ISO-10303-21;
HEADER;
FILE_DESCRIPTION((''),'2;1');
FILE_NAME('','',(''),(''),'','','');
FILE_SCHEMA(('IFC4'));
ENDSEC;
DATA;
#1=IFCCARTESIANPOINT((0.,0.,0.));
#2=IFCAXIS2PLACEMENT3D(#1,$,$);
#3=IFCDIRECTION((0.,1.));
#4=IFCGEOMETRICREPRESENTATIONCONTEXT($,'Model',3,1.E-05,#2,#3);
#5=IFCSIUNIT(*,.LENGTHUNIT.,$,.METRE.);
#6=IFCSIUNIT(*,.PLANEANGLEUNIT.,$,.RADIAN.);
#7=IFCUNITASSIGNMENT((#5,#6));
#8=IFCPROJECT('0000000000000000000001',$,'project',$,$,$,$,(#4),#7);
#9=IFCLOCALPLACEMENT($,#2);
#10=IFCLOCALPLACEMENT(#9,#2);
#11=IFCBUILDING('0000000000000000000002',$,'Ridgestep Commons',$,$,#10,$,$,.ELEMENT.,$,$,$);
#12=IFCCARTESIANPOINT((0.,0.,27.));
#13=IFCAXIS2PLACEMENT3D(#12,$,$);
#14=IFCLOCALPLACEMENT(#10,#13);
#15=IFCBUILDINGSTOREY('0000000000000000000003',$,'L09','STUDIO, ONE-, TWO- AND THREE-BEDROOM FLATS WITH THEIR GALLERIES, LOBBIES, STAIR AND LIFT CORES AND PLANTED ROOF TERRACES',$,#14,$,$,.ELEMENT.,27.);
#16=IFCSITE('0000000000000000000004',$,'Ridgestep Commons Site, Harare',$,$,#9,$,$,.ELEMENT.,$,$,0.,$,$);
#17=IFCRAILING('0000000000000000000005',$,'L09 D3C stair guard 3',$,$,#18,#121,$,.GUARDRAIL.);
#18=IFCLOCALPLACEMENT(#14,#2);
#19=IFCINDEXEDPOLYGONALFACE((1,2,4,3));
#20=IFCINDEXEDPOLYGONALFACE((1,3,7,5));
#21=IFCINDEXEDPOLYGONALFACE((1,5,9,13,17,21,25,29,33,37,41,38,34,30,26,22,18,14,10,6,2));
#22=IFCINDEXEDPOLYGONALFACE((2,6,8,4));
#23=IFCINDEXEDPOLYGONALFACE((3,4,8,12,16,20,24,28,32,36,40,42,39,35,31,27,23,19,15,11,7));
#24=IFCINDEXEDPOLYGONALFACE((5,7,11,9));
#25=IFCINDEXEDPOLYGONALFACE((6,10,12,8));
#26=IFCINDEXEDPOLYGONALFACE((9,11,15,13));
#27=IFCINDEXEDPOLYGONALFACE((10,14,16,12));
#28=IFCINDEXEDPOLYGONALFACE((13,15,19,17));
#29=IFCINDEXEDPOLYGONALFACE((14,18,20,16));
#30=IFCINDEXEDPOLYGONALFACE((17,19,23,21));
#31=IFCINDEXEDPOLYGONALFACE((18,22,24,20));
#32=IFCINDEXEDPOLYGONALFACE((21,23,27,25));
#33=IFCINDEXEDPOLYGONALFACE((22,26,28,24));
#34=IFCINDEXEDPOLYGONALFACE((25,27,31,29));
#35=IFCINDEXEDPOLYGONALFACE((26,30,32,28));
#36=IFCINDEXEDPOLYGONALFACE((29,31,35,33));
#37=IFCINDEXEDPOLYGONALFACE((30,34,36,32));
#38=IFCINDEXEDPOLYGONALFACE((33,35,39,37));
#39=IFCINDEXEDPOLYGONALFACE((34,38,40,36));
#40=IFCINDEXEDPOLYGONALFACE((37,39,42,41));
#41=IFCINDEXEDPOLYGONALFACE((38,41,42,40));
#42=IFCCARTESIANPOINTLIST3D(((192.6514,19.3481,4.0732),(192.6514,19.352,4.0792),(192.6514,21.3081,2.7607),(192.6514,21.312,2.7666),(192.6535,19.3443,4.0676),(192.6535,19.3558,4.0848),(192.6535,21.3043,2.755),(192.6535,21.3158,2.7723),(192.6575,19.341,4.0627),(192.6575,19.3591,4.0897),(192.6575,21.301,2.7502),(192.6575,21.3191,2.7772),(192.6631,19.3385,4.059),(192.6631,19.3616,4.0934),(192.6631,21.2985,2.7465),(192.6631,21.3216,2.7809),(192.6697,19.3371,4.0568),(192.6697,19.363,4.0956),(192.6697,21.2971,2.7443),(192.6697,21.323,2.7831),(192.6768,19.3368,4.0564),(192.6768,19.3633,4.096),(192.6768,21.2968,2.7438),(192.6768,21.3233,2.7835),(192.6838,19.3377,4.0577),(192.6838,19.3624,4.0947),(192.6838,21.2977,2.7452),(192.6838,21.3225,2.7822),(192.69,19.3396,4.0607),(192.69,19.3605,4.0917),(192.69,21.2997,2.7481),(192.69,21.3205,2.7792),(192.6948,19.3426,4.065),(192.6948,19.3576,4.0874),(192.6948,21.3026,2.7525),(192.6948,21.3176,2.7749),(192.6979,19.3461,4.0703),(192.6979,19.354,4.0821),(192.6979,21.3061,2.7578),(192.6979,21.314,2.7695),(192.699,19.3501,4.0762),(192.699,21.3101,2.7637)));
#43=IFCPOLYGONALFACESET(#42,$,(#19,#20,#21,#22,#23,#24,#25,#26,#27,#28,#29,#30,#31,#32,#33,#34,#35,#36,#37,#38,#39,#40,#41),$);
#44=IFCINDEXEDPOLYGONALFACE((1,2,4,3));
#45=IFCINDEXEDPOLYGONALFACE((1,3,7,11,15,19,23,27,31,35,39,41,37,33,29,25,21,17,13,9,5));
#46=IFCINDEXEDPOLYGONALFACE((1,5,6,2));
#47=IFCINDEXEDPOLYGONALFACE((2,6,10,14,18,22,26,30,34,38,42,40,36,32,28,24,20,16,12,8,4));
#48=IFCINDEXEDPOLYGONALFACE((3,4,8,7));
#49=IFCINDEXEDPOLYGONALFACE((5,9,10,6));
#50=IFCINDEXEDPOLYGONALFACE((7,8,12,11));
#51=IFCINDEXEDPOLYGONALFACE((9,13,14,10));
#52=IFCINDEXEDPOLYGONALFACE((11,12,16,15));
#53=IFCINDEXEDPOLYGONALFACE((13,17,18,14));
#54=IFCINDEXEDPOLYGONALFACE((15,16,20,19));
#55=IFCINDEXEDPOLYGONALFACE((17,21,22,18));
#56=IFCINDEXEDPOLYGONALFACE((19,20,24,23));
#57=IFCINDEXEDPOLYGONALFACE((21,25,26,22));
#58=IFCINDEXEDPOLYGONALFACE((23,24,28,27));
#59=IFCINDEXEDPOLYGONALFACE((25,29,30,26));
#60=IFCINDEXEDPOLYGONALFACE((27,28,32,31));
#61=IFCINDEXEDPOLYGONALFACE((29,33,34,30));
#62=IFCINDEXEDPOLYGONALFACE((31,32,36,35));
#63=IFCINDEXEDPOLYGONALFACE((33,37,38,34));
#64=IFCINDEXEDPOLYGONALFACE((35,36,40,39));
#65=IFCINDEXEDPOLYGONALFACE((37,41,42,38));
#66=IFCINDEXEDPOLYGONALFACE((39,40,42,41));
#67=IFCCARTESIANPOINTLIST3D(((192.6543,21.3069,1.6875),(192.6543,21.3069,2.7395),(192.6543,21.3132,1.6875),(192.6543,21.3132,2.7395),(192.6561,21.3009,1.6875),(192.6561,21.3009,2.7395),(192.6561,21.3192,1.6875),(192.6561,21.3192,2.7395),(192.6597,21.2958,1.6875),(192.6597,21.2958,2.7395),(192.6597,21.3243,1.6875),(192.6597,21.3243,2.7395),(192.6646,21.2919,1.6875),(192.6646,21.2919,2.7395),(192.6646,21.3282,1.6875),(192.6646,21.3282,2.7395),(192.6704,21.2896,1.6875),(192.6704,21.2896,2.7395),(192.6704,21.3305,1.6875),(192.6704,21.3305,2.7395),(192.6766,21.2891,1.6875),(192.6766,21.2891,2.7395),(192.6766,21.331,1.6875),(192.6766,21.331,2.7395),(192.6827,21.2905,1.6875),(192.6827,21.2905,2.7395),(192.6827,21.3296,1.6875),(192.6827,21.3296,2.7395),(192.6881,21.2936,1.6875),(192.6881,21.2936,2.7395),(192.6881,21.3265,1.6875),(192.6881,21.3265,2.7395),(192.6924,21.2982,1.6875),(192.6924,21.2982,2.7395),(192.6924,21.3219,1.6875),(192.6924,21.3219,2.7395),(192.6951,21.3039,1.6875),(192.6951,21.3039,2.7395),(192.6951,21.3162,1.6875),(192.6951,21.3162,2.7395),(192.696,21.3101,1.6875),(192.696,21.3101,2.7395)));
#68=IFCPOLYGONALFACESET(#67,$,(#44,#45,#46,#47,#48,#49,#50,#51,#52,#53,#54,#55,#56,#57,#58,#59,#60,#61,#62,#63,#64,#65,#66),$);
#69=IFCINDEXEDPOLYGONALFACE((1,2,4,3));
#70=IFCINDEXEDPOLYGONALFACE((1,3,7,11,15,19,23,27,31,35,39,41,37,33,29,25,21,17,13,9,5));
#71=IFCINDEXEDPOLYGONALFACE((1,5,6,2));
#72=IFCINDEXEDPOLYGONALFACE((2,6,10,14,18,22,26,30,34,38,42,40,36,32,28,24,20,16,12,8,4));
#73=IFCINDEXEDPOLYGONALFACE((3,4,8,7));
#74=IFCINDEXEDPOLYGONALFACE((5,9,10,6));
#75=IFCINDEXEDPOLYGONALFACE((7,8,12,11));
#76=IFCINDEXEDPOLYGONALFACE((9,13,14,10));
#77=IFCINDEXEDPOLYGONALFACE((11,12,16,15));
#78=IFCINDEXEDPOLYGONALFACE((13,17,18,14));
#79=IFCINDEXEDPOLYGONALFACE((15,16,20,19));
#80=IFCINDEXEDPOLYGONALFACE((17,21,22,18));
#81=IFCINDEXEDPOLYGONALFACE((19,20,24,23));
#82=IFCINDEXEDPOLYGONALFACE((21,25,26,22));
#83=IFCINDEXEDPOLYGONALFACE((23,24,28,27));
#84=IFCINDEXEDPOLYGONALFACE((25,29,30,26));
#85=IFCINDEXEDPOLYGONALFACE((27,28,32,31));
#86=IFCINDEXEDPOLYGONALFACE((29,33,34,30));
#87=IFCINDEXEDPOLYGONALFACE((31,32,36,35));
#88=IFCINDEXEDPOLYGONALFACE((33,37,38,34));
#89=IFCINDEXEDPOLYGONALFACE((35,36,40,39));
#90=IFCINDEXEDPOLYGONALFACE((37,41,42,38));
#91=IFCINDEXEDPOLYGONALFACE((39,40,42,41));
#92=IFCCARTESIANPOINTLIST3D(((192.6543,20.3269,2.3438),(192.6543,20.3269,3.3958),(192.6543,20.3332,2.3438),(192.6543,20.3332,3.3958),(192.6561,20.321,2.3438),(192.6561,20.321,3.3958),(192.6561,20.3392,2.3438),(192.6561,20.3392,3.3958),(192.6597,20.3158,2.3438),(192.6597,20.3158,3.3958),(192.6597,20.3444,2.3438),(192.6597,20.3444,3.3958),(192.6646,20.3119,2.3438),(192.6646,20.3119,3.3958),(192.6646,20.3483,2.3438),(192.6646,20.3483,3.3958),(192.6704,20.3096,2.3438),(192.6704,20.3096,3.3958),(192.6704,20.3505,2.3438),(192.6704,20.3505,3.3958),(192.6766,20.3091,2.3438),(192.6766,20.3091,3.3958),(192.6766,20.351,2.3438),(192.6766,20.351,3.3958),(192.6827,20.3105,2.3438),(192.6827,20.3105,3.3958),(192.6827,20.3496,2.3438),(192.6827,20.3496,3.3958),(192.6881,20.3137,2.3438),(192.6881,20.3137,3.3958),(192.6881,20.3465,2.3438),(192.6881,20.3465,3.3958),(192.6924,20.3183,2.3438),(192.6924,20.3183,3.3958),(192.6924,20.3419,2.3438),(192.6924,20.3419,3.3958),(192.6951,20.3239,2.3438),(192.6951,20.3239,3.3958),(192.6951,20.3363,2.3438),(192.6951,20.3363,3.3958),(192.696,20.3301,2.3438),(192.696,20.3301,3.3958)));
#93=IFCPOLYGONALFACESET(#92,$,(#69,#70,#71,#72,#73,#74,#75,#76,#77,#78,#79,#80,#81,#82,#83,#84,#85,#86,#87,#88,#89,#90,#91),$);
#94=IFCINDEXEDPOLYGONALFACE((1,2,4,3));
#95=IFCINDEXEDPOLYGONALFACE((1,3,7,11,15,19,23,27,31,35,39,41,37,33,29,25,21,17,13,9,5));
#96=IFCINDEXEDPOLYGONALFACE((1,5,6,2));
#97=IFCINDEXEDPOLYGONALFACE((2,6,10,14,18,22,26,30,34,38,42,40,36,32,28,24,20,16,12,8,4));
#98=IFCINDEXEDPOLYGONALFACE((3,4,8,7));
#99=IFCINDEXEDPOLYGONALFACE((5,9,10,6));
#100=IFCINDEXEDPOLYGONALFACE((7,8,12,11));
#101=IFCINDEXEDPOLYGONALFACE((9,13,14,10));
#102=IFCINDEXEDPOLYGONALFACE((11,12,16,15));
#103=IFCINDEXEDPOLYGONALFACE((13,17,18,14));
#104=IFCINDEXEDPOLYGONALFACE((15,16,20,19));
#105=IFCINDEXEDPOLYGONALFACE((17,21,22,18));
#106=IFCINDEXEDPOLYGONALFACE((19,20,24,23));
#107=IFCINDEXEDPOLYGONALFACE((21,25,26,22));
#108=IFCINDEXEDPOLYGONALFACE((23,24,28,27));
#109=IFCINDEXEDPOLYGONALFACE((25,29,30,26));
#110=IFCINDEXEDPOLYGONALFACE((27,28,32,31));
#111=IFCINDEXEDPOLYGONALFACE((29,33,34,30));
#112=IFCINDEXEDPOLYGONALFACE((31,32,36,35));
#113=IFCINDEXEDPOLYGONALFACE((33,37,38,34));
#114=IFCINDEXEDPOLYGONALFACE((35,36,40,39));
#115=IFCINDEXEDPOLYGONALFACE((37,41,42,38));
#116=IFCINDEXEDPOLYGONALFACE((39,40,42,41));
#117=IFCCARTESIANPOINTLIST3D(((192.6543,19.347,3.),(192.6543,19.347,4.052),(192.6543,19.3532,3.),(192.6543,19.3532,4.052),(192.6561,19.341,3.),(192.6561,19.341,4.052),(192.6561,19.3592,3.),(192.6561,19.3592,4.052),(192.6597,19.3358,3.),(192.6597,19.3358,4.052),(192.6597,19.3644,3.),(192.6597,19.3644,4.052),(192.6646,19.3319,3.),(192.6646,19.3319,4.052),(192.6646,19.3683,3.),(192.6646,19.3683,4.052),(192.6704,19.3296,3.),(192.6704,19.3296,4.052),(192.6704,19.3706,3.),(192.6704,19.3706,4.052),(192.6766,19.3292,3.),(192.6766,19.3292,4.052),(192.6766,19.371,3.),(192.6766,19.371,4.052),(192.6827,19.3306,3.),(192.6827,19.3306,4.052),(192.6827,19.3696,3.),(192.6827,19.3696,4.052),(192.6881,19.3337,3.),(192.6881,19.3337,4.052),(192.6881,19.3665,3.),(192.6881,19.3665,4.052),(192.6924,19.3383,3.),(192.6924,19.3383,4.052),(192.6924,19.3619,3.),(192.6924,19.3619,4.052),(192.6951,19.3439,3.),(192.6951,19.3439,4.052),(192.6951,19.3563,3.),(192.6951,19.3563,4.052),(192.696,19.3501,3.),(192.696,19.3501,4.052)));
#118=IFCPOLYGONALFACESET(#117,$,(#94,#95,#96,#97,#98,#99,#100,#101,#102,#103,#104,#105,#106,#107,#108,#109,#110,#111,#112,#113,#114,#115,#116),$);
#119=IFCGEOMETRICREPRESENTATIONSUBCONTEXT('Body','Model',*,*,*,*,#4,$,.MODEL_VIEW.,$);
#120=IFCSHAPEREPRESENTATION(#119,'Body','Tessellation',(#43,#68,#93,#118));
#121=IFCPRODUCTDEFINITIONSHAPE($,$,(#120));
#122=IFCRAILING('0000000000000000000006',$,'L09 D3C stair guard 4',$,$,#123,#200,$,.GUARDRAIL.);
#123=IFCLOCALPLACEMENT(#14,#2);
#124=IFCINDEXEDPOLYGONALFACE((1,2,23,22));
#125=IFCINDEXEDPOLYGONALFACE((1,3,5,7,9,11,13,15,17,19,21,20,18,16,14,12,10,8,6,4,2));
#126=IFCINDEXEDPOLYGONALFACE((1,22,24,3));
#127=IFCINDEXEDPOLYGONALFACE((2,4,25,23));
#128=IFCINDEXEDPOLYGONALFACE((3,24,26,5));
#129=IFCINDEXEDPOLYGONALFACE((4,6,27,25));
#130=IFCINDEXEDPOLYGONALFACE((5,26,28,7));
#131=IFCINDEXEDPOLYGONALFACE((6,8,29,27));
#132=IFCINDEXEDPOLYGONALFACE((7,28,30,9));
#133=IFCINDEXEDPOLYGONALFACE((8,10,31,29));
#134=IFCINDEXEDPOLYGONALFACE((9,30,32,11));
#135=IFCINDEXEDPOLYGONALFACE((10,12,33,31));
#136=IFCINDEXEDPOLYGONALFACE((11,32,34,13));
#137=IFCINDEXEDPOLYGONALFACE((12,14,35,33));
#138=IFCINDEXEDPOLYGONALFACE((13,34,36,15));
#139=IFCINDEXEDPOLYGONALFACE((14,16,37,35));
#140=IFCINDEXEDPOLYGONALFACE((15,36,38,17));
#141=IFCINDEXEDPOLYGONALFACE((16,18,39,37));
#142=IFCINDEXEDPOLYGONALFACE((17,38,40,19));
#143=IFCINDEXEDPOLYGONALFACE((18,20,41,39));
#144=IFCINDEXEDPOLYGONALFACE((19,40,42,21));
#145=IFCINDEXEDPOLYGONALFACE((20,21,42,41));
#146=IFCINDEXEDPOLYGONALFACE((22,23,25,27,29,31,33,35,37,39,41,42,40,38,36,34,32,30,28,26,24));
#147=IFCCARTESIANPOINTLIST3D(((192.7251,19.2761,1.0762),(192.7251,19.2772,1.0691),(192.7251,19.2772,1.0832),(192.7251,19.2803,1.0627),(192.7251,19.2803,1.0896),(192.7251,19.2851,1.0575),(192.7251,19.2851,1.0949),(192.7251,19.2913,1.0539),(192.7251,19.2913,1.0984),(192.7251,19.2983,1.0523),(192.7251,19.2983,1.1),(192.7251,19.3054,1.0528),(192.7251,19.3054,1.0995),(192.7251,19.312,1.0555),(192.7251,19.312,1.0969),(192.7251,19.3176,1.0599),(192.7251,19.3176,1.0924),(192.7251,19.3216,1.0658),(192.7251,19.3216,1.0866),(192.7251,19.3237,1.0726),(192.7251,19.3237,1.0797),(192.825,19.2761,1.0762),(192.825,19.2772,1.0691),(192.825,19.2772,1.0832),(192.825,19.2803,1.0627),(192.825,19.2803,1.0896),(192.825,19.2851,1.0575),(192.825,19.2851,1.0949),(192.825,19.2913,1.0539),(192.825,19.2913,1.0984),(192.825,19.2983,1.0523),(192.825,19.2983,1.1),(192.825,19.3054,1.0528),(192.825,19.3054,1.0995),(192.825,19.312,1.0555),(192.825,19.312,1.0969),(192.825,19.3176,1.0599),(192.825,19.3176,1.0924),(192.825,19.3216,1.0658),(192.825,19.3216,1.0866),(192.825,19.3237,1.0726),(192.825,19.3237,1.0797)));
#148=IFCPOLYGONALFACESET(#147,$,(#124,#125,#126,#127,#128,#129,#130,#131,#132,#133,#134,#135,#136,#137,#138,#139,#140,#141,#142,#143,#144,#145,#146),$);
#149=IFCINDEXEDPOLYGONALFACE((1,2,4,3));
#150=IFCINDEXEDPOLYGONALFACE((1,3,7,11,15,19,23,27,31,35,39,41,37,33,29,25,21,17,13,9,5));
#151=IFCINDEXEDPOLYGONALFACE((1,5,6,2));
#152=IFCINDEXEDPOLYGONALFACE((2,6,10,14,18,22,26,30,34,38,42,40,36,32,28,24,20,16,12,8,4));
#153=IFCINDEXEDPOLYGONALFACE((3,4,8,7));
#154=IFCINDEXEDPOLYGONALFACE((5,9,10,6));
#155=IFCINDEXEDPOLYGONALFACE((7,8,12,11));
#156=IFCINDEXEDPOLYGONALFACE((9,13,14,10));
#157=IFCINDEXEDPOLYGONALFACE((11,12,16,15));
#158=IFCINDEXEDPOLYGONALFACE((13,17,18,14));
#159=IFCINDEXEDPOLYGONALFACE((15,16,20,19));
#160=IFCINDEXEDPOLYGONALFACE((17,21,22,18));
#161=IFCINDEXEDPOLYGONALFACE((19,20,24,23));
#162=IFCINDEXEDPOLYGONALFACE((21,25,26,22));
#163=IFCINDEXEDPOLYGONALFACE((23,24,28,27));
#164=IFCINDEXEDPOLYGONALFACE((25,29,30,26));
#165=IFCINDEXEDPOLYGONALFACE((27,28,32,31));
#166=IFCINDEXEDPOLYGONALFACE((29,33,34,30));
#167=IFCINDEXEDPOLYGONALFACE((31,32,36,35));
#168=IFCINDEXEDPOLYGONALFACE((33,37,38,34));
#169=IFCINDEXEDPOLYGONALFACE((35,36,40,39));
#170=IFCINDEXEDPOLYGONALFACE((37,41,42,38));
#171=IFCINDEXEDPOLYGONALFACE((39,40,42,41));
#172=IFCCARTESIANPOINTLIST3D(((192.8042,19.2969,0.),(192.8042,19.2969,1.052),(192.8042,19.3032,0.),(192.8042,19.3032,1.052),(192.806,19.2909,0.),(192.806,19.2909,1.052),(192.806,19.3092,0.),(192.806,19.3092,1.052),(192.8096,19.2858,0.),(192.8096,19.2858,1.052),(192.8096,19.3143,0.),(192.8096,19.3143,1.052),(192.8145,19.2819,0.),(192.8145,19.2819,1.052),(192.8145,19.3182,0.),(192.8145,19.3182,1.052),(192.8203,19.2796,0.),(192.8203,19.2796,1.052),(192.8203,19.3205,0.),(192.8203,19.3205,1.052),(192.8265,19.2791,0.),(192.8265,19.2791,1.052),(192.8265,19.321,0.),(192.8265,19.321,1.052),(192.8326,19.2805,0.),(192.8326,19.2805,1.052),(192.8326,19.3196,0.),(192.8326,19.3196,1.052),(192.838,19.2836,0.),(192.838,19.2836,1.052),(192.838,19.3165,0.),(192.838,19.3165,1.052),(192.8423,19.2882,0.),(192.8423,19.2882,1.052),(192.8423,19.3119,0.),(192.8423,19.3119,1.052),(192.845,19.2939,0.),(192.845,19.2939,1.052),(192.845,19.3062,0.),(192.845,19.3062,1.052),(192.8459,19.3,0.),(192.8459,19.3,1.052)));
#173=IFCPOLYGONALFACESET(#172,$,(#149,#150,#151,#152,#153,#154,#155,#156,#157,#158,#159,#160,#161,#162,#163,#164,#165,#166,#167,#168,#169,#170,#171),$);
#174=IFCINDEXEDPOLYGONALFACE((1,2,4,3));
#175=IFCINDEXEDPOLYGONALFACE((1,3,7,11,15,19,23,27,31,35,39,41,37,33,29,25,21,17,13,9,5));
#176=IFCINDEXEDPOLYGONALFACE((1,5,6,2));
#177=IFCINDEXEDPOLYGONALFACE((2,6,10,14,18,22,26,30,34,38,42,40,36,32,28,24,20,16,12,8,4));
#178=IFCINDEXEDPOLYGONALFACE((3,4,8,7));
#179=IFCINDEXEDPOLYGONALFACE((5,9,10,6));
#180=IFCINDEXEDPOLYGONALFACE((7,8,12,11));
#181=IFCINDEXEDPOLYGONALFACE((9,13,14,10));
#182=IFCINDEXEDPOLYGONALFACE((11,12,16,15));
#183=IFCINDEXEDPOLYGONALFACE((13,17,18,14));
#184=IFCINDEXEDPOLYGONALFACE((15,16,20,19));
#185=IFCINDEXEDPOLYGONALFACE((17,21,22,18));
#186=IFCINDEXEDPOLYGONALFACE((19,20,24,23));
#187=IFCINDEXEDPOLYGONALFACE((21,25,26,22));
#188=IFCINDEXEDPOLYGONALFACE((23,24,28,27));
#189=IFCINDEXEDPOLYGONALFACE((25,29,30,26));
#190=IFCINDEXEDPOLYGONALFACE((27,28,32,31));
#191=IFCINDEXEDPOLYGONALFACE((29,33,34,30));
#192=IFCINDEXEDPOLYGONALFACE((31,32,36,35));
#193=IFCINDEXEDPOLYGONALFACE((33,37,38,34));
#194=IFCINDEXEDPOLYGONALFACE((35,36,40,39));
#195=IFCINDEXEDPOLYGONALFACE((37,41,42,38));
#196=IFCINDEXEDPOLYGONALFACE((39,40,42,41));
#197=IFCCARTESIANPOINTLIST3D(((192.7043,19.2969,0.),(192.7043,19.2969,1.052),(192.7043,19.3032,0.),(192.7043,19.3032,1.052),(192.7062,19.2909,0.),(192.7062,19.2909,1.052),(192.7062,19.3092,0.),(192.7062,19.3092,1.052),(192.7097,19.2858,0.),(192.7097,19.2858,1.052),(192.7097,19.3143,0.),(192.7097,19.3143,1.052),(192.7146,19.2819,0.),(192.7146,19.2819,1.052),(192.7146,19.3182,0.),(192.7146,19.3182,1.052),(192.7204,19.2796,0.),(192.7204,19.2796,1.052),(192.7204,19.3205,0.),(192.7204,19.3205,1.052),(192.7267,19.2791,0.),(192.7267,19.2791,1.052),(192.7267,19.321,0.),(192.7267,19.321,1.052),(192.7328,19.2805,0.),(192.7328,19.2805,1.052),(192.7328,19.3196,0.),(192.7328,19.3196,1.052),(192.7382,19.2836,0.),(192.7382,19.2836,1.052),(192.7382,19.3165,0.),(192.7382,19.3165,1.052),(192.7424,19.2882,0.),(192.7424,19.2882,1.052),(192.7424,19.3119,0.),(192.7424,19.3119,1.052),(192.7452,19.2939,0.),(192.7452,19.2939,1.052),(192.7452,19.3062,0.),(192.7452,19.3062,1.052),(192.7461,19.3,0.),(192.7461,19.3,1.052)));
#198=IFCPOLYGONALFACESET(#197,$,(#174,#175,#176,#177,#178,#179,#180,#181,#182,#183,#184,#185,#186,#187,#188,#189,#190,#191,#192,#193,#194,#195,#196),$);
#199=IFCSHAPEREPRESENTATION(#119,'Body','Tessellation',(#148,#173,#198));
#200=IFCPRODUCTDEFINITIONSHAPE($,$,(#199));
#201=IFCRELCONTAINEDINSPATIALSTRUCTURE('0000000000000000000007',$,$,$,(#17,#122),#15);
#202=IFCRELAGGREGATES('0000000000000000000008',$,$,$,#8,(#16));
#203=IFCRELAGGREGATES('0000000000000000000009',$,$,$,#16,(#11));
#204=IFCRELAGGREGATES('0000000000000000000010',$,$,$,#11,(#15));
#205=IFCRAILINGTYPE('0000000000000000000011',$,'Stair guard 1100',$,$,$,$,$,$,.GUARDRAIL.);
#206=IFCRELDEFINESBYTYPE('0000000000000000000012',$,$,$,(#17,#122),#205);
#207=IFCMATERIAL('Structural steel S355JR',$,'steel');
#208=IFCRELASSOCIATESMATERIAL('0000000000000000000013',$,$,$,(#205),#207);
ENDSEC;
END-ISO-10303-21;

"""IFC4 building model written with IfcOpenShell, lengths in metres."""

from ifc_helpers import new_model, si_unit, direction, frame, origin, origin_2d, place, context, subcontext, project, spatial, circle, extrude, material, type_object, element, save


model = new_model("IFC4")

# Units and contexts
model_context = context("Model", 3, precision=1e-05, world=origin(), true_north=direction((0.0, 1.0)))
body_context = subcontext(model_context, "Body", "Model", "MODEL_VIEW")
ifc_project = project(units=[si_unit("LENGTHUNIT", "METRE"), si_unit("PLANEANGLEUNIT", "RADIAN")], contexts=[model_context])

# Site, building, storey
site_placement = place(None, origin())
site = spatial("IfcSite", under=ifc_project, at=site_placement, Name="Ridgestep Commons Site, Harare", CompositionType="ELEMENT", RefElevation=0.0)
building_placement = place(site_placement, origin())
building = spatial("IfcBuilding", under=site, at=building_placement, Name="Ridgestep Commons", CompositionType="ELEMENT")
storey_placement = place(building_placement, frame((0.0, 0.0, 27.0)))
storey = spatial("IfcBuildingStorey", under=building, at=storey_placement, Name="L09", Description="STUDIO, ONE-, TWO- AND THREE-BEDROOM FLATS WITH THEIR GALLERIES, LOBBIES, STAIR AND LIFT CORES AND PLANTED ROOF TERRACES", CompositionType="ELEMENT", Elevation=27.0)

# Railings
ifc_material_1 = material(Name="Structural steel S355JR", Category="steel")
railing_type_1 = type_object("IfcRailingType", Name="Stair guard 1100", PredefinedType="GUARDRAIL", material=ifc_material_1)
railing_1_placement = place(storey_placement, frame((192.675, 21.3101, 1.6875)))
element("IfcRailing", 1, at=railing_1_placement, inside=storey, type_object=railing_type_1, Name="L09 D3C stair guard 3", PredefinedType="GUARDRAIL", context=body_context, shape_type="SweptSolid", body=[
    extrude(circle(Radius=0.0239, at=origin_2d()), frame((0.0, 0.0, 1.0762), z_axis=(0.0, -0.830902, 0.556419), x_axis=(1.0, 0.0, 0.0)), (0.0, 0.0, 1.0), 2.3589),
    extrude(circle(Radius=0.021, at=origin_2d()), origin(), (0.0, 0.0, 1.0), 1.052),
    extrude(circle(Radius=0.021, at=origin_2d()), frame((0.0, -0.98, 0.6562)), (0.0, 0.0, 1.0), 1.052),
    extrude(circle(Radius=0.021, at=origin_2d()), frame((0.0, -1.96, 1.3125)), (0.0, 0.0, 1.0), 1.052),
])
railing_2_placement = place(storey_placement, frame((192.825, 19.3, 0.0)))
element("IfcRailing", 2, at=railing_2_placement, inside=storey, type_object=railing_type_1, Name="L09 D3C stair guard 4", PredefinedType="GUARDRAIL", context=body_context, shape_type="SweptSolid", body=[
    extrude(circle(Radius=0.0239, at=origin_2d()), frame((0.0, 0.0, 1.0762), z_axis=(-1.0, 0.0, 0.0), x_axis=(0.0, -1.0, 0.0)), (0.0, 0.0, 1.0), 0.0999),
    extrude(circle(Radius=0.021, at=origin_2d()), origin(), (0.0, 0.0, 1.0), 1.052),
    extrude(circle(Radius=0.021, at=origin_2d()), frame((-0.0999, 0.0, 0.0)), (0.0, 0.0, 1.0), 1.052),
])

save(model, "model.ifc")
